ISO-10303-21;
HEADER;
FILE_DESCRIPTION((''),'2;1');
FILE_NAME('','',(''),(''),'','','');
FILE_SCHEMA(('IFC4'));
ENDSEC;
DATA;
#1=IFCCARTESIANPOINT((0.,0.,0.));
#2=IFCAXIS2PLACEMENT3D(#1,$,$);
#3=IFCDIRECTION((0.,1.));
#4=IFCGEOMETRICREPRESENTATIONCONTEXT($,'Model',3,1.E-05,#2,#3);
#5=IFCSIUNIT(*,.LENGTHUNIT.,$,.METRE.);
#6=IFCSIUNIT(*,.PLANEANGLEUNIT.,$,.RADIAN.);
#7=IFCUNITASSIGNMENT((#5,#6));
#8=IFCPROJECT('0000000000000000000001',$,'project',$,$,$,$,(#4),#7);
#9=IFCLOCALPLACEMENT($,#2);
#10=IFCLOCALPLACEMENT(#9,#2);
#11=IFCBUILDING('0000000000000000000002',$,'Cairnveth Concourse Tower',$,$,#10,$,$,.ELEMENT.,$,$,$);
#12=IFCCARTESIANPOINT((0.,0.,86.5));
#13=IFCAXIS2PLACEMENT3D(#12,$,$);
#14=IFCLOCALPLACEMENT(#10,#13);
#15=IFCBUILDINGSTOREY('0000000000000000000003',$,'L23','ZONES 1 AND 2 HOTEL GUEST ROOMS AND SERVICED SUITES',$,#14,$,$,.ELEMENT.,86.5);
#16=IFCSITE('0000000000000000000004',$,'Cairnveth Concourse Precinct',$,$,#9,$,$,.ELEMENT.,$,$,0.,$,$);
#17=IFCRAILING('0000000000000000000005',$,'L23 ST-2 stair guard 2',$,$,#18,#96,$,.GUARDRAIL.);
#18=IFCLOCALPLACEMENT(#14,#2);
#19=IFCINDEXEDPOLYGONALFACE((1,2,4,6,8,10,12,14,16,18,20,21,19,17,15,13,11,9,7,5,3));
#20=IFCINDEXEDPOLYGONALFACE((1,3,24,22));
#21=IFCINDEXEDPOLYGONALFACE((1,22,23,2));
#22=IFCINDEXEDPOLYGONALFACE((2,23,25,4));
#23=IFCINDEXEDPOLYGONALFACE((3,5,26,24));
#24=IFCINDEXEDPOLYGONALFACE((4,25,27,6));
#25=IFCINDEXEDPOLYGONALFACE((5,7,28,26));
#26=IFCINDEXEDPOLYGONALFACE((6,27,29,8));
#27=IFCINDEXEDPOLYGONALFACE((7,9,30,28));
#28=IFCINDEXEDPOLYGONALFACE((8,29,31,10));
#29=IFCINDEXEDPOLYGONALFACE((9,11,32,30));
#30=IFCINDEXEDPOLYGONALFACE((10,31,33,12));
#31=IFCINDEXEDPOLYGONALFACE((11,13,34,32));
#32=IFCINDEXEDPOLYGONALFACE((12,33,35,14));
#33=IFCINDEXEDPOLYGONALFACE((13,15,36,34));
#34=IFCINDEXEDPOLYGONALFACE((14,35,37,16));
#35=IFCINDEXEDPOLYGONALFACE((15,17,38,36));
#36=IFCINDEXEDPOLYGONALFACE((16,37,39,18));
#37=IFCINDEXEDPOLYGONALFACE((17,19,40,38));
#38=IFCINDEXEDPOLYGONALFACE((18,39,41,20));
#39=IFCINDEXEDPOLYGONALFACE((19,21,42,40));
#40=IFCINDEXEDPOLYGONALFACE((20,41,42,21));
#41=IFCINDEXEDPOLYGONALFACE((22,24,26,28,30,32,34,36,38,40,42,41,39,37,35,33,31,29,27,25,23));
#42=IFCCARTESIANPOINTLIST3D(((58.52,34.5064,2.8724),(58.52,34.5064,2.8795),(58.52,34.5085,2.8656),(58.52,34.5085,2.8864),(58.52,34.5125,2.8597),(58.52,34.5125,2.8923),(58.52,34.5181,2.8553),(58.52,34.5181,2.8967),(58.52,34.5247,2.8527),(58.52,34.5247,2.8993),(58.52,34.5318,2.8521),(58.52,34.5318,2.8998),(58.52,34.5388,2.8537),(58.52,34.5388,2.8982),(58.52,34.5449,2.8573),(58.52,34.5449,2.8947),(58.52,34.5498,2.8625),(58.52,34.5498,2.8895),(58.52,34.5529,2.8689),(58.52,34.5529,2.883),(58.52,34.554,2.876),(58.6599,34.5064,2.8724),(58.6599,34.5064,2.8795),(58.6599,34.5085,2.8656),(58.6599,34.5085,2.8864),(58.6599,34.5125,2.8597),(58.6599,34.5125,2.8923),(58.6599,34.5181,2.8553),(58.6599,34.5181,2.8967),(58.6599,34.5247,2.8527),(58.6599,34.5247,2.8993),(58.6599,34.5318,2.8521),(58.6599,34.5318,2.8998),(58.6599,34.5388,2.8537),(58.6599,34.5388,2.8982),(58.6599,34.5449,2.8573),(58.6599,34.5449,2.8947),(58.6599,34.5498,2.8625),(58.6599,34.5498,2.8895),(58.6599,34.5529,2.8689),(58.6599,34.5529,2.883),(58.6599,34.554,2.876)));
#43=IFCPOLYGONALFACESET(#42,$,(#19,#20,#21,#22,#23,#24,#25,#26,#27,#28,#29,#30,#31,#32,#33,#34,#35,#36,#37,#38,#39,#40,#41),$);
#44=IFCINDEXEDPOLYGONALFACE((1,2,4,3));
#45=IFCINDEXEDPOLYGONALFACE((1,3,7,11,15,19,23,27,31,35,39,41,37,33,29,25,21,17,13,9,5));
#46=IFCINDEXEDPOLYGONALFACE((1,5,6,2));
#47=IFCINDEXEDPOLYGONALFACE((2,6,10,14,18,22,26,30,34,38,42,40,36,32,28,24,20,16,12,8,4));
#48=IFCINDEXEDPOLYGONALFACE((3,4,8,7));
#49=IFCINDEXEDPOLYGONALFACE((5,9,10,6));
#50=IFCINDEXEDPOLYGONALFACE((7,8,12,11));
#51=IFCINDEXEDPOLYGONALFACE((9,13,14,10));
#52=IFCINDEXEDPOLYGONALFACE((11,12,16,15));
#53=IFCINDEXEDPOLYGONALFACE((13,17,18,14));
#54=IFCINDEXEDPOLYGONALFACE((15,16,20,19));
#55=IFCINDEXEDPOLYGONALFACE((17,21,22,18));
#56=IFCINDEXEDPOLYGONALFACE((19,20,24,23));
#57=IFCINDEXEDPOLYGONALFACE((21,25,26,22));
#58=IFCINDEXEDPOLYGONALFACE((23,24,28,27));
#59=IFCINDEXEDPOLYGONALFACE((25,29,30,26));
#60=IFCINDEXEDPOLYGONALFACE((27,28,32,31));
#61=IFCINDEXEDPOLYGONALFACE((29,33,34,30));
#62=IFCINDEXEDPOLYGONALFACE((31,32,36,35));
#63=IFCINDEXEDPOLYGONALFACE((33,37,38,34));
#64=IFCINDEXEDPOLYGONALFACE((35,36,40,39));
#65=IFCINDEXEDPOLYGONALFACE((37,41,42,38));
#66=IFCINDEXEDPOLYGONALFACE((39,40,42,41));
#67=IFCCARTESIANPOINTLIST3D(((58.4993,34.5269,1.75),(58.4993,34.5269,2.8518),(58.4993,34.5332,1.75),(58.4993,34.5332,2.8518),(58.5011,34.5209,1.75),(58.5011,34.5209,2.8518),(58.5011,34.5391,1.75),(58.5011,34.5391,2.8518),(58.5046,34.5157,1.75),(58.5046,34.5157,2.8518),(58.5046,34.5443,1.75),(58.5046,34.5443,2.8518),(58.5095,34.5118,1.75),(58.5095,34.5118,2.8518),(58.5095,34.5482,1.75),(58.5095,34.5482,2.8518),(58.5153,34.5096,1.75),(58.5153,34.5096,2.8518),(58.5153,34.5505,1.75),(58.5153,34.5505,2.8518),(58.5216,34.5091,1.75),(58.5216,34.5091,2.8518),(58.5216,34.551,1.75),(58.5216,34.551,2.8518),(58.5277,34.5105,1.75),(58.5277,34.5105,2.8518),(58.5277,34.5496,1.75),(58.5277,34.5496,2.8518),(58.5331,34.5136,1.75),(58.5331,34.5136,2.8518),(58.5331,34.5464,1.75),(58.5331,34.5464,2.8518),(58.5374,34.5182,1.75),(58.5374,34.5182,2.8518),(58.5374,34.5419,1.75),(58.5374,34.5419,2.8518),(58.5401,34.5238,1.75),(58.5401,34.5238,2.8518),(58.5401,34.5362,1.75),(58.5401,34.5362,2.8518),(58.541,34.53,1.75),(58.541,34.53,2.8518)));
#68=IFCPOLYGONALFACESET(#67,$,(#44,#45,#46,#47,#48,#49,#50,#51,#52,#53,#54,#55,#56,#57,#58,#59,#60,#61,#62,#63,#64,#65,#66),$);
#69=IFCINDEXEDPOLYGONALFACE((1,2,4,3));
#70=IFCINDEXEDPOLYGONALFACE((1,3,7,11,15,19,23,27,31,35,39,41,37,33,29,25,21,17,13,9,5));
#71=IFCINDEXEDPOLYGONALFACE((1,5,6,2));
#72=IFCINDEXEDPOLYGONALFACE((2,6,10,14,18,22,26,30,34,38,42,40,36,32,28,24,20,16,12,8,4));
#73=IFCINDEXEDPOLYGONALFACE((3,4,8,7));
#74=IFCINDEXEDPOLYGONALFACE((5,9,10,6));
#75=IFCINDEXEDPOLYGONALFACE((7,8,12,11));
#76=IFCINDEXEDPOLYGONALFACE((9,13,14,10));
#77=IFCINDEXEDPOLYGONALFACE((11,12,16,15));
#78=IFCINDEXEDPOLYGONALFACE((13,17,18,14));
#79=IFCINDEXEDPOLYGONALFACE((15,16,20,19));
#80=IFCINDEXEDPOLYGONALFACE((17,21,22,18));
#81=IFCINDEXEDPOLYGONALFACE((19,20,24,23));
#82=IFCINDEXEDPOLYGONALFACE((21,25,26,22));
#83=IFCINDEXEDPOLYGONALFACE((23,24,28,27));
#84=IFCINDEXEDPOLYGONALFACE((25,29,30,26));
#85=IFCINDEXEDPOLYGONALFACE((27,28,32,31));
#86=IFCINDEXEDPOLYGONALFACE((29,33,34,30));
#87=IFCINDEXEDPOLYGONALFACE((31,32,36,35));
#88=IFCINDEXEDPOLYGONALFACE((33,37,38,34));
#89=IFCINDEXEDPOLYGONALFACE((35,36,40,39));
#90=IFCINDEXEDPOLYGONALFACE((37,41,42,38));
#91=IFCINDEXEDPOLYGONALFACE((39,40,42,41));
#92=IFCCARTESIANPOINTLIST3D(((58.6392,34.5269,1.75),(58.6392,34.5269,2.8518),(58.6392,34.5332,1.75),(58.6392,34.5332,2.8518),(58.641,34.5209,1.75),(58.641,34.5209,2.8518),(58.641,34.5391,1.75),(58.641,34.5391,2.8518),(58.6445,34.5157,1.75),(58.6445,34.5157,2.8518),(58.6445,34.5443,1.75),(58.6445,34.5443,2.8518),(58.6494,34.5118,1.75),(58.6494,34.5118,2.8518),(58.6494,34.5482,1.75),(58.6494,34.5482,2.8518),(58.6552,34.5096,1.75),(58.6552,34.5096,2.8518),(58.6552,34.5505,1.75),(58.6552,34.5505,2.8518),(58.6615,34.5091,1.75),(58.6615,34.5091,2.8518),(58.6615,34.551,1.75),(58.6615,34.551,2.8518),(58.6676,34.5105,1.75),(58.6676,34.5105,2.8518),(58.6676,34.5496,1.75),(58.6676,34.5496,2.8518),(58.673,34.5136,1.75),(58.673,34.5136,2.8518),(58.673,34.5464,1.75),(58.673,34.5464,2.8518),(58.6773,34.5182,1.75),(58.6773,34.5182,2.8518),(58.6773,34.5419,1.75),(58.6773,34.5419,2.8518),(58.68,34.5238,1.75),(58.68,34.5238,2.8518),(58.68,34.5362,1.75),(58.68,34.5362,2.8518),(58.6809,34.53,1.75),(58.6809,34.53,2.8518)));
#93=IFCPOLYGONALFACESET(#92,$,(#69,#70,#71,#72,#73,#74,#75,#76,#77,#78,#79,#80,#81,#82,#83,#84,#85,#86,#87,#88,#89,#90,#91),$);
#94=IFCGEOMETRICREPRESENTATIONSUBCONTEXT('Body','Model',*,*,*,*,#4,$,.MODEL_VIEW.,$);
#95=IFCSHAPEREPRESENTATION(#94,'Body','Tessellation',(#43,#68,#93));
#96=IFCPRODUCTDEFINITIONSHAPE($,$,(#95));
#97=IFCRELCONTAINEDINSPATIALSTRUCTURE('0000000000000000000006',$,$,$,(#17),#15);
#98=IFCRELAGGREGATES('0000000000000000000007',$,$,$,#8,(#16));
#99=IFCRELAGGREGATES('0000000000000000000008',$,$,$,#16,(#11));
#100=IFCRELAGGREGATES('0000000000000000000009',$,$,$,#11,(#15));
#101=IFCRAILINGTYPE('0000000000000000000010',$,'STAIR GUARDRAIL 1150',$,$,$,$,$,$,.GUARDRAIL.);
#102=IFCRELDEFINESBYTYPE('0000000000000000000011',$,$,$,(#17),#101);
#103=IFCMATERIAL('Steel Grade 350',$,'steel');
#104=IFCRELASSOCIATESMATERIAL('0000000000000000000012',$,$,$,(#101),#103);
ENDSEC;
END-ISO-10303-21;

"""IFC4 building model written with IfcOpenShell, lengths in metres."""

from ifc_helpers import new_model, si_unit, direction, frame, origin, origin_2d, place, context, subcontext, project, spatial, circle, extrude, material, type_object, element, save


model = new_model("IFC4")

# Units and contexts
model_context = context("Model", 3, precision=1e-05, world=origin(), true_north=direction((0.0, 1.0)))
body_context = subcontext(model_context, "Body", "Model", "MODEL_VIEW")
ifc_project = project(units=[si_unit("LENGTHUNIT", "METRE"), si_unit("PLANEANGLEUNIT", "RADIAN")], contexts=[model_context])

# Site, building, storey
site_placement = place(None, origin())
site = spatial("IfcSite", under=ifc_project, at=site_placement, Name="Cairnveth Concourse Precinct", CompositionType="ELEMENT", RefElevation=0.0)
building_placement = place(site_placement, origin())
building = spatial("IfcBuilding", under=site, at=building_placement, Name="Cairnveth Concourse Tower", CompositionType="ELEMENT")
storey_placement = place(building_placement, frame((0.0, 0.0, 86.5)))
storey = spatial("IfcBuildingStorey", under=building, at=storey_placement, Name="L23", Description="ZONES 1 AND 2 HOTEL GUEST ROOMS AND SERVICED SUITES", CompositionType="ELEMENT", Elevation=86.5)

# Shared definitions
ifc_material_1 = material(Name="Steel Grade 350", Category="steel")

# Railing
railing_type_1 = type_object("IfcRailingType", Name="STAIR GUARDRAIL 1150", PredefinedType="GUARDRAIL", material=ifc_material_1)
railing_1_placement = place(storey_placement, frame((58.52, 34.53, 1.75)))
element("IfcRailing", 1, at=railing_1_placement, inside=storey, type_object=railing_type_1, Name="L23 ST-2 stair guard 2", PredefinedType="GUARDRAIL", context=body_context, shape_type="SweptSolid", body=[
    extrude(circle(Radius=0.0239, at=origin_2d()), frame((0.0, 0.0, 1.126), z_axis=(1.0, 0.0, 0.0), x_axis=(0.0, 1.0, 0.0)), (0.0, 0.0, 1.0), 0.1399),
    extrude(circle(Radius=0.021, at=origin_2d()), origin(), (0.0, 0.0, 1.0), 1.1018),
    extrude(circle(Radius=0.021, at=origin_2d()), frame((0.1399, 0.0, 0.0)), (0.0, 0.0, 1.0), 1.1018),
])

save(model, "model.ifc")
